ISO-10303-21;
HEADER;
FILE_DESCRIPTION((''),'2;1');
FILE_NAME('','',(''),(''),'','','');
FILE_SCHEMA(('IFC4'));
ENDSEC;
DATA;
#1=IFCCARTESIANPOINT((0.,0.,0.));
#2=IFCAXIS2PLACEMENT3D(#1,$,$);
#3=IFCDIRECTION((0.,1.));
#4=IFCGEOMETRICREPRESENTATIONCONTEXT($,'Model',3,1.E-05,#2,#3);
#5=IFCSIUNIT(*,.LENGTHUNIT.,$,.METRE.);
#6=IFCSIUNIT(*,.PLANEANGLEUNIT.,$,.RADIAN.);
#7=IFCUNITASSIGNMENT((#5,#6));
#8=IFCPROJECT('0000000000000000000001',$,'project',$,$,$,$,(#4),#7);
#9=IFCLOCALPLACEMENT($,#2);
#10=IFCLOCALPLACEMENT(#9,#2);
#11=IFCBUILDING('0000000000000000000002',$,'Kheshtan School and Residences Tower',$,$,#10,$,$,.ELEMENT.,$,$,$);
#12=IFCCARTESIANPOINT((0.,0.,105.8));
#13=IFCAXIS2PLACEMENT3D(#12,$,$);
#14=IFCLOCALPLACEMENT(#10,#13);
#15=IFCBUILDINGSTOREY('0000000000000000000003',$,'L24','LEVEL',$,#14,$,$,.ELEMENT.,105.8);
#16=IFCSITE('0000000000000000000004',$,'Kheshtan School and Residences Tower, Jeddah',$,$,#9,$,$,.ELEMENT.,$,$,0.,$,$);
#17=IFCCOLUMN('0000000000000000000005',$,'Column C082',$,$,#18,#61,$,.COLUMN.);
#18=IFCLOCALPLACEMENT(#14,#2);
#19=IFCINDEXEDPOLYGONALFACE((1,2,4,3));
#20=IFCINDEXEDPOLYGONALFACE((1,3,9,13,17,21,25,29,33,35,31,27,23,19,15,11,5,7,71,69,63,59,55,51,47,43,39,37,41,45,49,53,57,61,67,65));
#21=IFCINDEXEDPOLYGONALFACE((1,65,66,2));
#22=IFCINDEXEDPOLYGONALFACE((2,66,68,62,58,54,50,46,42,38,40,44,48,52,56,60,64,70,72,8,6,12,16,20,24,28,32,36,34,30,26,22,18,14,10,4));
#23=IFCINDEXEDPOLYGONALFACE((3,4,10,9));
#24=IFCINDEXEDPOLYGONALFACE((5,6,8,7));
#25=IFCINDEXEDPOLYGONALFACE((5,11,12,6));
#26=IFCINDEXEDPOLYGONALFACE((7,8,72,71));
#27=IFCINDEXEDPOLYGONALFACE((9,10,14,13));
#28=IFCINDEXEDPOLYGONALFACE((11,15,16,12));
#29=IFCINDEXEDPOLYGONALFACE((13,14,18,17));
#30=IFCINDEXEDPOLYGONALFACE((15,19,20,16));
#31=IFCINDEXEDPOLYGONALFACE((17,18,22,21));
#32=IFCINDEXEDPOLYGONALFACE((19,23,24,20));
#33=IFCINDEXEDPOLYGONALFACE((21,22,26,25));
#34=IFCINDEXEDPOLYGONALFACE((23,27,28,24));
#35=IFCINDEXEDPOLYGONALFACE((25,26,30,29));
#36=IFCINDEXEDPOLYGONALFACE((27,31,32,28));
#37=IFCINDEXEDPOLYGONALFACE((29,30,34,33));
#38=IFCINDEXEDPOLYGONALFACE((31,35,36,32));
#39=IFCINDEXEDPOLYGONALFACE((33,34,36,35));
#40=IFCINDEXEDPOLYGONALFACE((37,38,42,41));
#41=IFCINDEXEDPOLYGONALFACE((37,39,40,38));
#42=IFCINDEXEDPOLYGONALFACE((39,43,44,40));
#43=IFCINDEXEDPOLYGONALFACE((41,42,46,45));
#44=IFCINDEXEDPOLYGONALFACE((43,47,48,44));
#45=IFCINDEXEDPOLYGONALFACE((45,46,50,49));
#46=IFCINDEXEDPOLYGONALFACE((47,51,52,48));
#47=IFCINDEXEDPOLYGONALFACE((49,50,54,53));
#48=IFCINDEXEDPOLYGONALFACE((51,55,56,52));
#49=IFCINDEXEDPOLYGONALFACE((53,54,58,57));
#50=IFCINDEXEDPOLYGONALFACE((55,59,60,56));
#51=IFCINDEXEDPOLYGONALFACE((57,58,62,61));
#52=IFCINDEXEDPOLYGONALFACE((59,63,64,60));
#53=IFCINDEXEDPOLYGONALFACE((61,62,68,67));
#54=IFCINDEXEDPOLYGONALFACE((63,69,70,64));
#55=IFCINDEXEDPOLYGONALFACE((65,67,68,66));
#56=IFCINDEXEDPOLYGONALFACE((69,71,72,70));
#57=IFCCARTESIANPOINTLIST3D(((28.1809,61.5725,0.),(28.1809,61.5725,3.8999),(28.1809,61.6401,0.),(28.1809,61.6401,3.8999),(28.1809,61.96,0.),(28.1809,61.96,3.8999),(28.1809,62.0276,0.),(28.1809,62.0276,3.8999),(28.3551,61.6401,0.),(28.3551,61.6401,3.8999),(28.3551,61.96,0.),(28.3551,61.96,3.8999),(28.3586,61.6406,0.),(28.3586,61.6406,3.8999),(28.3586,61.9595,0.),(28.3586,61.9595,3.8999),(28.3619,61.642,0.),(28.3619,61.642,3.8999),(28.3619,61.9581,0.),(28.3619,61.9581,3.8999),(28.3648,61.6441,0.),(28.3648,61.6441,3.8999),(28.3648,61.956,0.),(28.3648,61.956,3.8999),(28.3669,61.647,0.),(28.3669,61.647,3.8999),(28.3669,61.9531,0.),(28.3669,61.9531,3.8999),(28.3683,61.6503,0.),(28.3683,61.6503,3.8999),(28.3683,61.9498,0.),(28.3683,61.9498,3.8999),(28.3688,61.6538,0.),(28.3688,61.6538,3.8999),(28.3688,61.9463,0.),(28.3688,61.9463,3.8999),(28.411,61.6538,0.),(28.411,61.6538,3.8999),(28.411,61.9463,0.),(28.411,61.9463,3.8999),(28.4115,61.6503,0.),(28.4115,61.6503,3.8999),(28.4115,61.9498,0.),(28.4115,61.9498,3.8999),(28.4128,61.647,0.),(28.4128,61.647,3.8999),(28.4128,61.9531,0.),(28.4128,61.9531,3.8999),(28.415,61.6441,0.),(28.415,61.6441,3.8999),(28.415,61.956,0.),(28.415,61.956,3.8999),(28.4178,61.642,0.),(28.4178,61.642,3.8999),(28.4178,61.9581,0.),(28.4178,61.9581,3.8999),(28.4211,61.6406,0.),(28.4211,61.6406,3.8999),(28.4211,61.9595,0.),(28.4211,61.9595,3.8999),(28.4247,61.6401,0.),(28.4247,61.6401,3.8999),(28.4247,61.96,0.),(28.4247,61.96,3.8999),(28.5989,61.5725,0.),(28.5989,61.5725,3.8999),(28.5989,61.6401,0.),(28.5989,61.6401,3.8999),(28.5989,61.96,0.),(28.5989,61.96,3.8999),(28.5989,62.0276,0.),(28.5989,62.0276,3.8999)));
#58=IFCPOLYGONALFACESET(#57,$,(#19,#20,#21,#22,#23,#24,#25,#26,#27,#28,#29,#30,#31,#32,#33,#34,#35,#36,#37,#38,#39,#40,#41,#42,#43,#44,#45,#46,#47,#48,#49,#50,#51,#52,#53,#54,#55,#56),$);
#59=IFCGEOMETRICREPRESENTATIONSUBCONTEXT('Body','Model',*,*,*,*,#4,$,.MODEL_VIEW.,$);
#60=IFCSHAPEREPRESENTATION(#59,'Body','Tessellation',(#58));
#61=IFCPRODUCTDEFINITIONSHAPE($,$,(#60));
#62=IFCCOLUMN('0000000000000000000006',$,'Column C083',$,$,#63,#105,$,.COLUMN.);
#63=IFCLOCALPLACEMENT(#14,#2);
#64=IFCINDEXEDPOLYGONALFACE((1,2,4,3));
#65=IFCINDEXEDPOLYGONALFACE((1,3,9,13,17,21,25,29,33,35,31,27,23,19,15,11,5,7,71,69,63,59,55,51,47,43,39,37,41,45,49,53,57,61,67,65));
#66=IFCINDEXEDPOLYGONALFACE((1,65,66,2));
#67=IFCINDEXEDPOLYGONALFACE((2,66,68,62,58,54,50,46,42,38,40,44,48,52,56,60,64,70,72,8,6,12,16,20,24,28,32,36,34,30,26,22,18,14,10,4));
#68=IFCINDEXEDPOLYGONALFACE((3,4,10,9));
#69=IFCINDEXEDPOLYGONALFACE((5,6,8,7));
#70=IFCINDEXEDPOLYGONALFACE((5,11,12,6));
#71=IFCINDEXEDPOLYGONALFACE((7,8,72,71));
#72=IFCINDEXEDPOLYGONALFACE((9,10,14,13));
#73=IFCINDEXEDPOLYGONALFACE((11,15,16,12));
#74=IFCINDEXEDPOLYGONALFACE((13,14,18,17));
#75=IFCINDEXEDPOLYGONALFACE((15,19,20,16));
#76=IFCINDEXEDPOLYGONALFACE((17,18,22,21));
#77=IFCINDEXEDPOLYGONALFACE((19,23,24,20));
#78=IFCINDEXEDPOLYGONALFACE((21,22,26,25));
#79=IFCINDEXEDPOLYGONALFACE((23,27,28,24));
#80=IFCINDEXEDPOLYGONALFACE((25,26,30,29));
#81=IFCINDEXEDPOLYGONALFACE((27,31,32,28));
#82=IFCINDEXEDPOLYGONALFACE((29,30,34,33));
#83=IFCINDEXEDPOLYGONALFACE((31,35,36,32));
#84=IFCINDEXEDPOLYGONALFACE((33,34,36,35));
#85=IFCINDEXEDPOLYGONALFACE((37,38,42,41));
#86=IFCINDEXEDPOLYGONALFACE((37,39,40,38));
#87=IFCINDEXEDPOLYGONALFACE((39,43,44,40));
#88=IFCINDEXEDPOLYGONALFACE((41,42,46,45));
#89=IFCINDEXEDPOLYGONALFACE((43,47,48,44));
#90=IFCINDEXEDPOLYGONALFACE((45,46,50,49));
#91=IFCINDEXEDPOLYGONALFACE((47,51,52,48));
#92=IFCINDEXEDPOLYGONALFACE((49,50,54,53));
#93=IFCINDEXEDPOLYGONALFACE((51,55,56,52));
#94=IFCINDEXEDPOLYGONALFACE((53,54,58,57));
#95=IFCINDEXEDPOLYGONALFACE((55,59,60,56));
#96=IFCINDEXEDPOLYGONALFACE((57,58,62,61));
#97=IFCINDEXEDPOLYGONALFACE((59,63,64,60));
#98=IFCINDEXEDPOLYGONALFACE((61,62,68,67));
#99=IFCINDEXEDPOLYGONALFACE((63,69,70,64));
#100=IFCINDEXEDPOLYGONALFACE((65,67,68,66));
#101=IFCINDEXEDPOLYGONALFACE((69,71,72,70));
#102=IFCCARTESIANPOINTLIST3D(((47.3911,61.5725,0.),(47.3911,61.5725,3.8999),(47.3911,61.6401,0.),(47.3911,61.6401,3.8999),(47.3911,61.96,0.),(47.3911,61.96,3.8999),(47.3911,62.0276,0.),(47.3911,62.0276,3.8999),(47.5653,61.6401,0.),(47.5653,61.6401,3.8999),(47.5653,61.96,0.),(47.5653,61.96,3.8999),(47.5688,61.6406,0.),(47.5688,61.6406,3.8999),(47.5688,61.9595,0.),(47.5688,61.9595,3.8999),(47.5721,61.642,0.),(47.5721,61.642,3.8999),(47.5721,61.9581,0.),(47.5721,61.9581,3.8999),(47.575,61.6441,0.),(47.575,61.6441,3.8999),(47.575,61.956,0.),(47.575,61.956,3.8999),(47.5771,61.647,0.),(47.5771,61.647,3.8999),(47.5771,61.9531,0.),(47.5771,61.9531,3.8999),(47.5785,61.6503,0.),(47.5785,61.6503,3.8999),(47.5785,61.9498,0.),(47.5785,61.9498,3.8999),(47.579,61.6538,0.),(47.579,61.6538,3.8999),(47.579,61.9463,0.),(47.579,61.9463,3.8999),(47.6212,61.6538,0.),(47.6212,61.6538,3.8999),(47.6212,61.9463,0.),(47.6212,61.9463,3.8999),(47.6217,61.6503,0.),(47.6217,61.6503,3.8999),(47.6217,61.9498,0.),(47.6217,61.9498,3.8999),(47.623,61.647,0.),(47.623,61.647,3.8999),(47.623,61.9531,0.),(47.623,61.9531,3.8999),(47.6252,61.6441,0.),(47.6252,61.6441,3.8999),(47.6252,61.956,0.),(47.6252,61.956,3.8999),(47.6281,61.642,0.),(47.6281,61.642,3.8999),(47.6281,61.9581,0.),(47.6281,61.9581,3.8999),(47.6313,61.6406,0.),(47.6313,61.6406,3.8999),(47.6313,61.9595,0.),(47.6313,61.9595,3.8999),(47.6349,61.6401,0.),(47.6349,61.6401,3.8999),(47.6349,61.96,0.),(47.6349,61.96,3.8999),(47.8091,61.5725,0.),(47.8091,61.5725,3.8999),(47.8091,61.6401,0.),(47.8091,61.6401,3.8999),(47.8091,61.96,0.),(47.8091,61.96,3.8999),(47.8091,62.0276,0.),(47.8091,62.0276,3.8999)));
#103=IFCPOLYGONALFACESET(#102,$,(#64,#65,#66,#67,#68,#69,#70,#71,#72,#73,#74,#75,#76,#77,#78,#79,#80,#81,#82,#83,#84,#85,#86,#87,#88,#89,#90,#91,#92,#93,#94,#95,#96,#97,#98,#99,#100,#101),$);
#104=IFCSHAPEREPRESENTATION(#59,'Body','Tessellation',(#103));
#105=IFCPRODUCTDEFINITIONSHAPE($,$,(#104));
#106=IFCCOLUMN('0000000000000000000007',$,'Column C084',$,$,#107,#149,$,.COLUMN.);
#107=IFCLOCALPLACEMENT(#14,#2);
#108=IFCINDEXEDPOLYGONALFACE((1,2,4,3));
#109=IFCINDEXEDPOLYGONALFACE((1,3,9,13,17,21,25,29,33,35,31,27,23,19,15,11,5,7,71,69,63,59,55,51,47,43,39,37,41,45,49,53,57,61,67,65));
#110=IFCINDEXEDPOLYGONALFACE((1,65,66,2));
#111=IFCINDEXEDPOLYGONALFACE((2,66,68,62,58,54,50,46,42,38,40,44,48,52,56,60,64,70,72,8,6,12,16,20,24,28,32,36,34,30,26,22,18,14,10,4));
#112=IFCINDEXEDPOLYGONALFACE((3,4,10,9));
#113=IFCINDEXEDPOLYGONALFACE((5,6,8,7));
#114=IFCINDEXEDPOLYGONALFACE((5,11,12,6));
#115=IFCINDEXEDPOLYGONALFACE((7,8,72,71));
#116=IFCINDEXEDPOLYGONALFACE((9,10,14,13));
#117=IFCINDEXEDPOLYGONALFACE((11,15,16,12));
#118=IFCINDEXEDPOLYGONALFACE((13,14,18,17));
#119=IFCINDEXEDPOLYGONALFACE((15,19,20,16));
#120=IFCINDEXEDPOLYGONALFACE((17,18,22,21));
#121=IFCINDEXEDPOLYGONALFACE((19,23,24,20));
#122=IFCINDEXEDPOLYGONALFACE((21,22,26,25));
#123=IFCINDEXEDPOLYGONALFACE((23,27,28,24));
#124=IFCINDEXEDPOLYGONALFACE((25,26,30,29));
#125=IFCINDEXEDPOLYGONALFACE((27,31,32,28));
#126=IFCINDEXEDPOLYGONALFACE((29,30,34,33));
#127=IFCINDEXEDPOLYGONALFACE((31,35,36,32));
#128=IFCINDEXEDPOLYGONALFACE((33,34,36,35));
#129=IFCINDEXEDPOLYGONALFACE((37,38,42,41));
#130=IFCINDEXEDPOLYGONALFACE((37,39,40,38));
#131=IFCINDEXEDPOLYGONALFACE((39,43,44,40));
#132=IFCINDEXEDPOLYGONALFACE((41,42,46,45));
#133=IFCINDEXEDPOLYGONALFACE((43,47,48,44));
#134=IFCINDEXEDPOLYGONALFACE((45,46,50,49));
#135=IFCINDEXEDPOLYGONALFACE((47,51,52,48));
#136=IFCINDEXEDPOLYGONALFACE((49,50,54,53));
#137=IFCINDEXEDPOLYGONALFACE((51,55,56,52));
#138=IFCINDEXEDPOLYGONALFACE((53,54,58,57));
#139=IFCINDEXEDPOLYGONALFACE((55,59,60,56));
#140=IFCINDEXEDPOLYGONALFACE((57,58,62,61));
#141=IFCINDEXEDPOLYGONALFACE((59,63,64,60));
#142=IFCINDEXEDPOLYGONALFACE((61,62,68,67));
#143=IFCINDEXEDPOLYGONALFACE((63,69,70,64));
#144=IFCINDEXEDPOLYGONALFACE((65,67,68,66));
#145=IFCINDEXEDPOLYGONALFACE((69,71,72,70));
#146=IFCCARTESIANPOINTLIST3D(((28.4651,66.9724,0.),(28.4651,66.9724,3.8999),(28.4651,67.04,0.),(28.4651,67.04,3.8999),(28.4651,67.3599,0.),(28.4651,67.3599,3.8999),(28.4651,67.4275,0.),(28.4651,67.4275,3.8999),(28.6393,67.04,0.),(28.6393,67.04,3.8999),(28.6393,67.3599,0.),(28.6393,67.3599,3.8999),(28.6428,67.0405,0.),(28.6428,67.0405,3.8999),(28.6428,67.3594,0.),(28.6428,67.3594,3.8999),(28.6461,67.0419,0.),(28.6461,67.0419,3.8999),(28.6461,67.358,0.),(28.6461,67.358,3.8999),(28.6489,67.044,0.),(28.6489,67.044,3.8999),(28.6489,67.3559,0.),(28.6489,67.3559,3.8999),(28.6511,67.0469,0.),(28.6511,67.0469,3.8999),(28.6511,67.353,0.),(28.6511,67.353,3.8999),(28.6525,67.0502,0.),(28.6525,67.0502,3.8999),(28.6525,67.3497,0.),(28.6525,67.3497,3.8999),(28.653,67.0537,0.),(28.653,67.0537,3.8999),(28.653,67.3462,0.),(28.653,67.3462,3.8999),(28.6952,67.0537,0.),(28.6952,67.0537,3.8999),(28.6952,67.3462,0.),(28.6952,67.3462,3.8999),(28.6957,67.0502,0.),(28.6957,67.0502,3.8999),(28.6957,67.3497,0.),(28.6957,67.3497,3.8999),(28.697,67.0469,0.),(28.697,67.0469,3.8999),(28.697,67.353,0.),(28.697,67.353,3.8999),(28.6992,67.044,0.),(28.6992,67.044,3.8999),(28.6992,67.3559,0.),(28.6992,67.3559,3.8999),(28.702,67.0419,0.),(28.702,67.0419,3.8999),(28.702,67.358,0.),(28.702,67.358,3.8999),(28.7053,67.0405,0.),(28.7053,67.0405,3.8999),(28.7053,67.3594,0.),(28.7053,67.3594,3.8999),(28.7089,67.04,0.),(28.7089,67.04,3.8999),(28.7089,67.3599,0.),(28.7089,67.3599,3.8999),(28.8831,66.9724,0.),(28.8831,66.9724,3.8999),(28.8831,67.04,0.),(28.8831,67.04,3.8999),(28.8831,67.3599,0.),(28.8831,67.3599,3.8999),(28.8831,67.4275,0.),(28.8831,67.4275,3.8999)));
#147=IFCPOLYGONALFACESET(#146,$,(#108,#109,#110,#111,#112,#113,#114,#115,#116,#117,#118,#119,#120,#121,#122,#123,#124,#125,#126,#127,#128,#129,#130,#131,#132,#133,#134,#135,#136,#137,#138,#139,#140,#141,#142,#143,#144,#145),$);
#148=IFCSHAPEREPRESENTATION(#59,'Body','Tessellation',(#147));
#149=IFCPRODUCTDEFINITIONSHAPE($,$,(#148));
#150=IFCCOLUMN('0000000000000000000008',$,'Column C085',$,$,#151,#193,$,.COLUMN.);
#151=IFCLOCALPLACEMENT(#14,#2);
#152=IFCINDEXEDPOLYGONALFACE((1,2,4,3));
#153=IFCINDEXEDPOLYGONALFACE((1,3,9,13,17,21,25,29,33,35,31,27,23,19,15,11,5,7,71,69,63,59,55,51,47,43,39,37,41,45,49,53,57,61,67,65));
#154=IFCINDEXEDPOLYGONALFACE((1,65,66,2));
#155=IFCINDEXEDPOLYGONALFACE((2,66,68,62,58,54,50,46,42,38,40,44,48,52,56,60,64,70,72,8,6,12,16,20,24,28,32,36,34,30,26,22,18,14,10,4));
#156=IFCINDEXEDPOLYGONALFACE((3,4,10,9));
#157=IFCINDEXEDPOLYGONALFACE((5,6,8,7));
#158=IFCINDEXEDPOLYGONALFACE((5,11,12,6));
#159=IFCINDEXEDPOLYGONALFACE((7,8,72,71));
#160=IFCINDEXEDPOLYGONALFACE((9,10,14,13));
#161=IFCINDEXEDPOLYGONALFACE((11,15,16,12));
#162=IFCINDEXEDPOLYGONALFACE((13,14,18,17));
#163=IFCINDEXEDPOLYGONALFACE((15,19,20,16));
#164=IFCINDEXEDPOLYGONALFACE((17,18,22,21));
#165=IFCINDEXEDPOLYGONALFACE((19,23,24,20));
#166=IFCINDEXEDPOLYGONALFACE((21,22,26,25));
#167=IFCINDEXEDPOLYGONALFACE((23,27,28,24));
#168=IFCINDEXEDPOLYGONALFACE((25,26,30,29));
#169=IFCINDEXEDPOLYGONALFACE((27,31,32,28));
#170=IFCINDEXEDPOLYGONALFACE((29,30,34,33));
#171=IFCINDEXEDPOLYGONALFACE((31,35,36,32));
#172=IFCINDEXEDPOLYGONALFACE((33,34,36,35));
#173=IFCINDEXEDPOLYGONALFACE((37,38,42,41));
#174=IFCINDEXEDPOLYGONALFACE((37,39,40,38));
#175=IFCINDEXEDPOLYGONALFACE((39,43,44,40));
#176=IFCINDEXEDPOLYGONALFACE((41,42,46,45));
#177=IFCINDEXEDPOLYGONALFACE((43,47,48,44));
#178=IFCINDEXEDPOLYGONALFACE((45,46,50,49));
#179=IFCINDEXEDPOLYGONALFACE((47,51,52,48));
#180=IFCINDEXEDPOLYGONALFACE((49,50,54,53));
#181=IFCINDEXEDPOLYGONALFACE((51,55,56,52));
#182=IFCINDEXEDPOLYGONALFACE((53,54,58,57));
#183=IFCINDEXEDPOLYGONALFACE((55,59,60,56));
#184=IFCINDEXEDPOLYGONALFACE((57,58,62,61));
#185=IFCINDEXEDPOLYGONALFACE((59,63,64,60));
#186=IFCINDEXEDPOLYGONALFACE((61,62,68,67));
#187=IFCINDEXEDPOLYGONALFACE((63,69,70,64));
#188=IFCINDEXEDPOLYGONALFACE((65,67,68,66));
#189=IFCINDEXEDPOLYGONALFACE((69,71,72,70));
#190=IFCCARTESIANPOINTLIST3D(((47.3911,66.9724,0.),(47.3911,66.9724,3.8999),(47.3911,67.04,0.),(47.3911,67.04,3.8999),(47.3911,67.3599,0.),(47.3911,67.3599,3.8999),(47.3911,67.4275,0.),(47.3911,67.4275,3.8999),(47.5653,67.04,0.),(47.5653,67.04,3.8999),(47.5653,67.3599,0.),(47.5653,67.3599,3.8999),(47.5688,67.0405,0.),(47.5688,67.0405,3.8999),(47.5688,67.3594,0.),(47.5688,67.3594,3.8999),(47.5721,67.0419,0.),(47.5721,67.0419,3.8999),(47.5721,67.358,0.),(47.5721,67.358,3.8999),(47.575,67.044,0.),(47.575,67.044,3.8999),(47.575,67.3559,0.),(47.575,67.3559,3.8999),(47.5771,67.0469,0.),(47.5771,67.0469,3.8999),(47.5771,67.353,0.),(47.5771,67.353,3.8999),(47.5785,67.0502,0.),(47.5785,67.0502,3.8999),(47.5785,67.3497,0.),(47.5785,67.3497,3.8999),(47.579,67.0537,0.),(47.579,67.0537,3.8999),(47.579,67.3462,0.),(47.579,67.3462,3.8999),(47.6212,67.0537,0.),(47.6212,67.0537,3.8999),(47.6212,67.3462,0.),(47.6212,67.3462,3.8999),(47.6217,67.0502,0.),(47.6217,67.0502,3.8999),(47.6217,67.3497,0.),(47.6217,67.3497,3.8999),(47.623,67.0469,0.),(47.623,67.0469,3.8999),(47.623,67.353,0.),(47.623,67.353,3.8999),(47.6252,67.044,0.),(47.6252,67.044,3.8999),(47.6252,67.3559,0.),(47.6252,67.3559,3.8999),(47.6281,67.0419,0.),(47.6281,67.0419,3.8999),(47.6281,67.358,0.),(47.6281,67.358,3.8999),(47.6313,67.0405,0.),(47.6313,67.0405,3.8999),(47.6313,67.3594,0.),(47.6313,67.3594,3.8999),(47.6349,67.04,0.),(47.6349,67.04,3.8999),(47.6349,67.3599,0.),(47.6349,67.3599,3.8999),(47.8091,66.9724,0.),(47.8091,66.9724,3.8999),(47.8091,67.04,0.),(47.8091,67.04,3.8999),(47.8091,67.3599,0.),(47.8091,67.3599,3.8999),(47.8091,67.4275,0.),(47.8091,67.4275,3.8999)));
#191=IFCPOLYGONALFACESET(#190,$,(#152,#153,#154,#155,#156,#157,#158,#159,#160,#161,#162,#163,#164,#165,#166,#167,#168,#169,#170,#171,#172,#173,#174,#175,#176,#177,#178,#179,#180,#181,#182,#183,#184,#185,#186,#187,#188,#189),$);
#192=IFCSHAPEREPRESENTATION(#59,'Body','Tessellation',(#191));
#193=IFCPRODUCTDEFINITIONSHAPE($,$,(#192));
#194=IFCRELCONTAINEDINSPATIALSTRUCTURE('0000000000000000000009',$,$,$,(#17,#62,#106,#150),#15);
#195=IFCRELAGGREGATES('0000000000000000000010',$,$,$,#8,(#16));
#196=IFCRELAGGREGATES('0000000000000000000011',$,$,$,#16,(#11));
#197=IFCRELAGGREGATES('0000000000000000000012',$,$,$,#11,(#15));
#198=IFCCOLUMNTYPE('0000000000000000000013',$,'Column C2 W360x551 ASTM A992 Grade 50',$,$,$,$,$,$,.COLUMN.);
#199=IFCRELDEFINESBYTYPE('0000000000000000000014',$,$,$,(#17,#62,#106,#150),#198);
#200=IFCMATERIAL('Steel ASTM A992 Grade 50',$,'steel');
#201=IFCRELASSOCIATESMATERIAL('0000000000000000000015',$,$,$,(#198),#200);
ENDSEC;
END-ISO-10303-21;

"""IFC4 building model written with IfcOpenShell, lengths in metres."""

from ifc_helpers import new_model, si_unit, direction, frame, origin, origin_2d, place, context, subcontext, project, spatial, i_section, extrude, material, material_profile, profile_set, type_object, element, save


model = new_model("IFC4")

# Units and contexts
model_context = context("Model", 3, precision=1e-05, world=origin(), true_north=direction((0.0, 1.0)))
body_context = subcontext(model_context, "Body", "Model", "MODEL_VIEW")
ifc_project = project(units=[si_unit("LENGTHUNIT", "METRE"), si_unit("PLANEANGLEUNIT", "RADIAN")], contexts=[model_context])

# Site, building, storey
site_placement = place(None, origin())
site = spatial("IfcSite", under=ifc_project, at=site_placement, Name="Kheshtan School and Residences Tower, Jeddah", CompositionType="ELEMENT", RefElevation=0.0)
building_placement = place(site_placement, origin())
building = spatial("IfcBuilding", under=site, at=building_placement, Name="Kheshtan School and Residences Tower", CompositionType="ELEMENT")
storey_placement = place(building_placement, frame((0.0, 0.0, 105.8)))
storey = spatial("IfcBuildingStorey", under=building, at=storey_placement, Name="L24", Description="LEVEL", CompositionType="ELEMENT", Elevation=105.8)

# Columns
ifc_material_1 = material(Name="Steel ASTM A992 Grade 50", Category="steel")
ifc_material_profile_1 = material_profile(ifc_material_1, i_section(OverallWidth=0.418, OverallDepth=0.4551, WebThickness=0.0422, FlangeThickness=0.0676, FilletRadius=0.0137, at=origin_2d()), Name="W360x551")
ifc_profile_set_1 = profile_set([ifc_material_profile_1], Name="Steel ASTM A992 Grade 50")
column_type = type_object("IfcColumnType", Name="Column C2 W360x551 ASTM A992 Grade 50", PredefinedType="COLUMN", material=ifc_profile_set_1)
for number, where, z_axis, x_axis, name in (
    (1, (28.3899, 61.8, 0.0), (0.0, 0.0, 1.0), (1.0, 0.0, 0.0), "Column C082"),
    (2, (47.6001, 61.8, 0.0), (0.0, 0.0, 1.0), (1.0, 0.0, 0.0), "Column C083"),
    (3, (28.6741, 67.2, 0.0), (0.0, 0.0, 1.0), (1.0, 0.0, 0.0), "Column C084"),
    (4, (47.6001, 67.2, 0.0), (0.0, 0.0, 1.0), (1.0, 0.0, 0.0), "Column C085"),
):
    element("IfcColumn", number, at=place(storey_placement, frame(where, z_axis=z_axis, x_axis=x_axis)), inside=storey, type_object=column_type, Name=name, PredefinedType="COLUMN", context=body_context, shape_type="SweptSolid", body=[
        extrude(i_section(OverallWidth=0.418, OverallDepth=0.4551, WebThickness=0.0422, FlangeThickness=0.0676, FilletRadius=0.0137, at=origin_2d()), origin(), (0.0, 0.0, 1.0), 3.8999),
    ])

save(model, "model.ifc")
